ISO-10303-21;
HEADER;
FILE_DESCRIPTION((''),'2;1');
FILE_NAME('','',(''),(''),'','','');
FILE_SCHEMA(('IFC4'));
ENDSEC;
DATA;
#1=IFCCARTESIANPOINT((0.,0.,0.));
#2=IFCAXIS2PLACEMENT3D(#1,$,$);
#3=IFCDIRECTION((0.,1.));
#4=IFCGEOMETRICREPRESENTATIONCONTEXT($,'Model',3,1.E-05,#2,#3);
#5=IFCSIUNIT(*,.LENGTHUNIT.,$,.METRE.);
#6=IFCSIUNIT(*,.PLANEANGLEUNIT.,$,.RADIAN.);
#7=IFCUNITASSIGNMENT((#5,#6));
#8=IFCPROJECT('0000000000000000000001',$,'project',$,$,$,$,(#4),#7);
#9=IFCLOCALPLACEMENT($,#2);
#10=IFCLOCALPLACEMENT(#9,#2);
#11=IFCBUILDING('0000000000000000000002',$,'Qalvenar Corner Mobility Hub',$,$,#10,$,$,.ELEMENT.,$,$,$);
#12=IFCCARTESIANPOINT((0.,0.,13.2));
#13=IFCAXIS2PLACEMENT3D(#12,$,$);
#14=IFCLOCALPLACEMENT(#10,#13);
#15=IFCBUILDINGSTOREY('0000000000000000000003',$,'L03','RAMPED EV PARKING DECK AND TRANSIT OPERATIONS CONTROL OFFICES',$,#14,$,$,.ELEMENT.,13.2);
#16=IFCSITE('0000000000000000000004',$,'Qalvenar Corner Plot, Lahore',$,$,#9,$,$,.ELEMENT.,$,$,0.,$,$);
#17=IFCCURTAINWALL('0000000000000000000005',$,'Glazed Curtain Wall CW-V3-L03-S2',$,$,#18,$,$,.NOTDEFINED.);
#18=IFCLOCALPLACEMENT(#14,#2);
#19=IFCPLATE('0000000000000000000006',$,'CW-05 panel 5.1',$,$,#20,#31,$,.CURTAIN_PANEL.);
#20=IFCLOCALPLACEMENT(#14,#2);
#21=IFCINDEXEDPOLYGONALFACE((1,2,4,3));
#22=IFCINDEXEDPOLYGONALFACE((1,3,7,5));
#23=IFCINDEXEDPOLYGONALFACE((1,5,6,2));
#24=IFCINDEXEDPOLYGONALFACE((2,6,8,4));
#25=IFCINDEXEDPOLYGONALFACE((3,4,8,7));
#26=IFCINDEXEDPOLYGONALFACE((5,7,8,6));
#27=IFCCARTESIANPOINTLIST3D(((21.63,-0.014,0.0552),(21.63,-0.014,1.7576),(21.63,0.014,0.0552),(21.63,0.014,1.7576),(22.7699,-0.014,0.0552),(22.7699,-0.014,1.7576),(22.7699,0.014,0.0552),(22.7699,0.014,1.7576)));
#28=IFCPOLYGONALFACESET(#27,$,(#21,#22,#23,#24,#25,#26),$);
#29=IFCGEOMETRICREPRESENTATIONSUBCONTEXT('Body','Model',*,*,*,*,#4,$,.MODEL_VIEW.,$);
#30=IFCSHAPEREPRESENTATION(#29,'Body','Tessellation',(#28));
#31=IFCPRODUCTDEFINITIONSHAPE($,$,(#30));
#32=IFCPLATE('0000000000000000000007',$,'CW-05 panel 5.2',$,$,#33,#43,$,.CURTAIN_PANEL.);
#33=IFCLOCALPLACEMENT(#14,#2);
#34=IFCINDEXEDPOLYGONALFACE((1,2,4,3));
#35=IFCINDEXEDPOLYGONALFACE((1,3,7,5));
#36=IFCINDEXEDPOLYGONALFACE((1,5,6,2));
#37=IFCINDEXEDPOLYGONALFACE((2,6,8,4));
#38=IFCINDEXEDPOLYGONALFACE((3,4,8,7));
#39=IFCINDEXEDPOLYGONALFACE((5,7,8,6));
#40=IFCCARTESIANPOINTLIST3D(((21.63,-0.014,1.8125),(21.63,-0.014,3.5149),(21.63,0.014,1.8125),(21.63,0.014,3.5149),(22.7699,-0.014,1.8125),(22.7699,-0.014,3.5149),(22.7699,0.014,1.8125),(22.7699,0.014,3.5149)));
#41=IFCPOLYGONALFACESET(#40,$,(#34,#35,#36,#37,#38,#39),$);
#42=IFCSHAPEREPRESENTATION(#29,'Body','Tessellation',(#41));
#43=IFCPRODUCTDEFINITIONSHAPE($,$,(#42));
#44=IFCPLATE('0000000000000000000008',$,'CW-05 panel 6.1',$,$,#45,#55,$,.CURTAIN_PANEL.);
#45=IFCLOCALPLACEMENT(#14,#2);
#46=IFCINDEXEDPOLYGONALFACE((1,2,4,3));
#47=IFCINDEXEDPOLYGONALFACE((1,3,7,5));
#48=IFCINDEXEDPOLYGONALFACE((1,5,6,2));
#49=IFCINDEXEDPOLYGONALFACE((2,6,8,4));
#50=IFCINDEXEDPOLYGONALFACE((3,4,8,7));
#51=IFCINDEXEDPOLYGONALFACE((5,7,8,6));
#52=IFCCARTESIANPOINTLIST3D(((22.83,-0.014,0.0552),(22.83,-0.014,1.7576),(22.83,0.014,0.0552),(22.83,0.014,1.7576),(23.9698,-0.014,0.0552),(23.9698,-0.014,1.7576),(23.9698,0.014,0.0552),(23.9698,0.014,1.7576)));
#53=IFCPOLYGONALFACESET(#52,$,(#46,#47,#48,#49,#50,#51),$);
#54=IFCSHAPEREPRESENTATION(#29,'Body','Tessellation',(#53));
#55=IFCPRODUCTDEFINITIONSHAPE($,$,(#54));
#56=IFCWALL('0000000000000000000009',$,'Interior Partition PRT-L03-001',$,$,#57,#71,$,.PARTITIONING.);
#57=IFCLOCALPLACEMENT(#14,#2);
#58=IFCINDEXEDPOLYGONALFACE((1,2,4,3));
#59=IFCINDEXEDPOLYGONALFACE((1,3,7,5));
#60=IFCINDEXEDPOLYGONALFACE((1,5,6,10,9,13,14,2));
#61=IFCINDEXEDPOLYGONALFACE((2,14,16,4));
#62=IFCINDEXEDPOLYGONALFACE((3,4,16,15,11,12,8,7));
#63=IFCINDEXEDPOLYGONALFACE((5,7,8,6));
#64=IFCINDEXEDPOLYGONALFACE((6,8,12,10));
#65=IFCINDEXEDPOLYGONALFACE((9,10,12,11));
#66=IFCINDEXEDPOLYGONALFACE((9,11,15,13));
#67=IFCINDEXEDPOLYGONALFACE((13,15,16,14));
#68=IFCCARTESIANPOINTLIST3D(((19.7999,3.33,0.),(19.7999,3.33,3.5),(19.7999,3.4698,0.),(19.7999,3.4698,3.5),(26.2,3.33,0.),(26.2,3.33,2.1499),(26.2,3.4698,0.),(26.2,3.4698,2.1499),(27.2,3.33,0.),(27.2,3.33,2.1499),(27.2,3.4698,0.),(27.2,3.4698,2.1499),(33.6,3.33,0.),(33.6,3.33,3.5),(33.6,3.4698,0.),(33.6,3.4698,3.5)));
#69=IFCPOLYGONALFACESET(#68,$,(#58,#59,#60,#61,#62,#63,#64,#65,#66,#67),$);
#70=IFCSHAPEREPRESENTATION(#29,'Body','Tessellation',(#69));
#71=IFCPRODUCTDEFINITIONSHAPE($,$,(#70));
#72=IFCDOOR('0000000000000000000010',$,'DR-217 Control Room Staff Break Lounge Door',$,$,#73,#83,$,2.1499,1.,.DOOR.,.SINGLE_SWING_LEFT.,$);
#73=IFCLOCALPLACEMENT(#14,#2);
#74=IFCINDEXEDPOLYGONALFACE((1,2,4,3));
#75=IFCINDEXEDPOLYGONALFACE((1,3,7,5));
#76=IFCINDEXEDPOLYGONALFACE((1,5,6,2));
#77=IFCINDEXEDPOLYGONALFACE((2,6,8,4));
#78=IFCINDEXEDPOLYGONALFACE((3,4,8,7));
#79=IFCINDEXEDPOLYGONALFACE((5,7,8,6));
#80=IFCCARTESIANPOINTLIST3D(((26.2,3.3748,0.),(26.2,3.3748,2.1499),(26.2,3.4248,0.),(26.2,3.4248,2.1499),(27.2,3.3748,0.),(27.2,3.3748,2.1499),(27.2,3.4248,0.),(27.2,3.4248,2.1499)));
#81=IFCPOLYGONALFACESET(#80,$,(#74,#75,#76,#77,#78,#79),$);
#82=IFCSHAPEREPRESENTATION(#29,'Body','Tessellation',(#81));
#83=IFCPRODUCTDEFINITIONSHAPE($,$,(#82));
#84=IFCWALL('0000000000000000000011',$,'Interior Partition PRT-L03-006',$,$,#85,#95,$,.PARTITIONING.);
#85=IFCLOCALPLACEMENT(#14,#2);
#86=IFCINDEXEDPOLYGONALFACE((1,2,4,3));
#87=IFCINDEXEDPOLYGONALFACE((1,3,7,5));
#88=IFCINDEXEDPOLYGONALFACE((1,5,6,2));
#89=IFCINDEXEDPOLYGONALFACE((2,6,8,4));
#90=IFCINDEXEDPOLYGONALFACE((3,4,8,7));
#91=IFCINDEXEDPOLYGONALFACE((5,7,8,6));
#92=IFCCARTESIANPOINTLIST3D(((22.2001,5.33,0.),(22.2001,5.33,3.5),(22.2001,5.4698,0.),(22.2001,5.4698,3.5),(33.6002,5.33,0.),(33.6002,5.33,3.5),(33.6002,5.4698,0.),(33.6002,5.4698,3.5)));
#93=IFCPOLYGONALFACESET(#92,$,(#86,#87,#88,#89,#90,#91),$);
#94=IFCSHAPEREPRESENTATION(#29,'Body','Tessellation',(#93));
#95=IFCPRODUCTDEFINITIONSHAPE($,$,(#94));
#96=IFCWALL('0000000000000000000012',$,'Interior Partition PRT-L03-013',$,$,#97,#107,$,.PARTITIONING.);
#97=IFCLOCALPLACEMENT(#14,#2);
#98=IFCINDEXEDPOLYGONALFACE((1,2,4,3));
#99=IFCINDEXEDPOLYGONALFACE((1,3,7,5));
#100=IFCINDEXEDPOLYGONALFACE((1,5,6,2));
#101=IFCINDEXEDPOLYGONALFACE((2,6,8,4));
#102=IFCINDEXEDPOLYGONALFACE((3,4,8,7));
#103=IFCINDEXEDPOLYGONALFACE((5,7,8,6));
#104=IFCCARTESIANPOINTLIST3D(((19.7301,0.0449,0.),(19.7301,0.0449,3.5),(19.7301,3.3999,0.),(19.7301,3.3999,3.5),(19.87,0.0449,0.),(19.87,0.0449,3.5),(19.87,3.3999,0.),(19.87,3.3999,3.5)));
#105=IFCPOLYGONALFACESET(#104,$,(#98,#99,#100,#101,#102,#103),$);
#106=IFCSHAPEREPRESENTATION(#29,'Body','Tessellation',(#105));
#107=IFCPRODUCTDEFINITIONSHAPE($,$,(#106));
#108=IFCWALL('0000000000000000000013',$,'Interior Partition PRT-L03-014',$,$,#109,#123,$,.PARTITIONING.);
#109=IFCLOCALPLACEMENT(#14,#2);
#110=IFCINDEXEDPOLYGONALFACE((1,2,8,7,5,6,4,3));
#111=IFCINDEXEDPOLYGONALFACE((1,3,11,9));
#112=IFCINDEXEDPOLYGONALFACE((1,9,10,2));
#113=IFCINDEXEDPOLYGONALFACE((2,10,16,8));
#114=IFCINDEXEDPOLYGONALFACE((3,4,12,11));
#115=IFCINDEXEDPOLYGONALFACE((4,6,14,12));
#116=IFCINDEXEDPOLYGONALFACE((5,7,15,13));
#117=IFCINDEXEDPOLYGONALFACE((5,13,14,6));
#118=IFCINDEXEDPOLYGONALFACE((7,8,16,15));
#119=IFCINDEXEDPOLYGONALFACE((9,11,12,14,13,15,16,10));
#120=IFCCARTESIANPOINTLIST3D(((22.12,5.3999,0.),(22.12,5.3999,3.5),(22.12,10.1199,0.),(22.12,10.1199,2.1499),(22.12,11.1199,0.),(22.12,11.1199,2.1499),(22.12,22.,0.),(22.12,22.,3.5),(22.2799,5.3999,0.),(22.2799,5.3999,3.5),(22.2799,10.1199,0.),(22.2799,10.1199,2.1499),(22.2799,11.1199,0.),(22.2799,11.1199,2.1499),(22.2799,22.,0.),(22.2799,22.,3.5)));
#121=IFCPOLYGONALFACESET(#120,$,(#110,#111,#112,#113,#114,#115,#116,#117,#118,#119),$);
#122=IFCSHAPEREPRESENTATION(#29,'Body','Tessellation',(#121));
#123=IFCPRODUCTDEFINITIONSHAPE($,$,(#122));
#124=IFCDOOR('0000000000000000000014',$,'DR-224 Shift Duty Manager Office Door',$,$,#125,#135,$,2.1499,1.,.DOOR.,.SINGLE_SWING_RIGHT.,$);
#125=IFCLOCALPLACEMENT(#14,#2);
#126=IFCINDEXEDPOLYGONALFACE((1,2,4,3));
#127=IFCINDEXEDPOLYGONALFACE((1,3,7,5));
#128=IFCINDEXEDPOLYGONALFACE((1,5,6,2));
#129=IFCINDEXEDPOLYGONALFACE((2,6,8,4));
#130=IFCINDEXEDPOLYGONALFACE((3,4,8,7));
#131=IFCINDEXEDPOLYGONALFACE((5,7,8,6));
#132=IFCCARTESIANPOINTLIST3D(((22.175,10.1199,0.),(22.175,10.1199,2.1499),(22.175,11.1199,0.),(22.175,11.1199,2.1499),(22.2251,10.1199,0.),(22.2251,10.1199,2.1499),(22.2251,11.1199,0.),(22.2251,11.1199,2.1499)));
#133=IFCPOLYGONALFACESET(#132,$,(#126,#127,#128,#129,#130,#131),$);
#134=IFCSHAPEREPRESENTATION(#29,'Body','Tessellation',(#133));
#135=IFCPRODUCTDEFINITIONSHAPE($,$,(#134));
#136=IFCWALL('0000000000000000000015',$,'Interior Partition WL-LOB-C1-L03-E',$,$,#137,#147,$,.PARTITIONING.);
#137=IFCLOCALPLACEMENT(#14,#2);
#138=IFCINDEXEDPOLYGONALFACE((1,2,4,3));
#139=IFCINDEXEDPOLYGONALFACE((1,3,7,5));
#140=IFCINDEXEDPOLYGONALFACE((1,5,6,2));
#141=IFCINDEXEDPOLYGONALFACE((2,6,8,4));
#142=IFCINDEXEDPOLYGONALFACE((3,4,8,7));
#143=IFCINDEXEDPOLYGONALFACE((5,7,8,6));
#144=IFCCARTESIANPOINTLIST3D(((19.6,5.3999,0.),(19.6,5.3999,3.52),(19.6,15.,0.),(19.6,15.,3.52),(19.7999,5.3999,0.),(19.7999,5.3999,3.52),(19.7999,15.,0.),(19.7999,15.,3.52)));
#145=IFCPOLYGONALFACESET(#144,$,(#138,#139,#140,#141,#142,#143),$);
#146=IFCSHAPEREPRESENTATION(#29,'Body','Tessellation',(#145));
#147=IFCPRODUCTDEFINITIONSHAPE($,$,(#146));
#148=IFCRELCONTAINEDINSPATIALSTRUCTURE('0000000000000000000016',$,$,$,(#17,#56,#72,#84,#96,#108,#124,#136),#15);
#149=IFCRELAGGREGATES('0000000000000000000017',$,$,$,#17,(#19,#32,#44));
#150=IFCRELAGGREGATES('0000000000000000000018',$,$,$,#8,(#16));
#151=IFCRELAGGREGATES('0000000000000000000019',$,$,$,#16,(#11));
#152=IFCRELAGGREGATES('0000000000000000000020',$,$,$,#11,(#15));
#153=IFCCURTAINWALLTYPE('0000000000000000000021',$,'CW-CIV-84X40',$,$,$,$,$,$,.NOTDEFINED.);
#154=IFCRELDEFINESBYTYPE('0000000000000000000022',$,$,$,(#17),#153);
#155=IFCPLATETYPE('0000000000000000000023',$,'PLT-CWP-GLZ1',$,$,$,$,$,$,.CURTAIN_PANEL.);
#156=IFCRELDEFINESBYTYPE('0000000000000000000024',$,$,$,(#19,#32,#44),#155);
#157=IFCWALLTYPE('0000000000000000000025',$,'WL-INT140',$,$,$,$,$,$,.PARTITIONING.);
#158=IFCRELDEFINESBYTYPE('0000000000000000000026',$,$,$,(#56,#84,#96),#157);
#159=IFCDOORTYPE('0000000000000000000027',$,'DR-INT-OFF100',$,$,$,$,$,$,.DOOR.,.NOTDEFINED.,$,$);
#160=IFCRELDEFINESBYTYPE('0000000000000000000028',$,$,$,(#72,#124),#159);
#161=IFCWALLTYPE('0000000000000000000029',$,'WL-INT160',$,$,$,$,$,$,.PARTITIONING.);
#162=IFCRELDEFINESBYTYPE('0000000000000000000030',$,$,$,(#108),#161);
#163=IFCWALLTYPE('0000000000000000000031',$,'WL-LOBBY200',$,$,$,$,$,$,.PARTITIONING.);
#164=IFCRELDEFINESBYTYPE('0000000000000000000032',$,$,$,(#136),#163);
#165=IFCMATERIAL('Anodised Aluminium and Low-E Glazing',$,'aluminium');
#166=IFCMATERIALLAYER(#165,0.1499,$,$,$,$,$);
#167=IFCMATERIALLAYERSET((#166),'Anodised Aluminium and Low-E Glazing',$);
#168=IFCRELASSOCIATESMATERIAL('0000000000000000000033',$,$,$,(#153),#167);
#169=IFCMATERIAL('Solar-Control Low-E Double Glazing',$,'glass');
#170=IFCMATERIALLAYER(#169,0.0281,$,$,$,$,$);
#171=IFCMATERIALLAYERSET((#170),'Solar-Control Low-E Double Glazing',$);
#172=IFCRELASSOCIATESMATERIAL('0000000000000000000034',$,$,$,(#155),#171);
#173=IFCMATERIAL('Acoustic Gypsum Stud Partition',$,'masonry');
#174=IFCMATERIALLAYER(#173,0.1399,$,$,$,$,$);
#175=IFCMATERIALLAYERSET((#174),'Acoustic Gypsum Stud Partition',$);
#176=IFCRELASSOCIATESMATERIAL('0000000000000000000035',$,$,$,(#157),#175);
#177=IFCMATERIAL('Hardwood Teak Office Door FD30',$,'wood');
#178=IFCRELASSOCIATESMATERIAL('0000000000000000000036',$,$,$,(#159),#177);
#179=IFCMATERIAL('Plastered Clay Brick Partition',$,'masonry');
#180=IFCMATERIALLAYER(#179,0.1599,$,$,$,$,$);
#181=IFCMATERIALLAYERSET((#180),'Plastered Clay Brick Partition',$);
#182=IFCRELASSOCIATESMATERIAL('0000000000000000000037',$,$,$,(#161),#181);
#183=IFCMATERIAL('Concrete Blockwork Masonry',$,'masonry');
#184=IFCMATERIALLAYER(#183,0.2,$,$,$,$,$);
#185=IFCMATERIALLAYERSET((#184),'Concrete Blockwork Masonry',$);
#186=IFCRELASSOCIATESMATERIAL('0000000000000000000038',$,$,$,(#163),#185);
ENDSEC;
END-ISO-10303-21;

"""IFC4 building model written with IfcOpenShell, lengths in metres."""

from ifc_helpers import new_model, si_unit, direction, frame, frame_2d, origin, origin_2d, place, context, subcontext, project, spatial, rectangle, extrude, material, layer, layer_set, type_object, element, fill, aggregate, save


model = new_model("IFC4")

# Units and contexts
model_context = context("Model", 3, precision=1e-05, world=origin(), true_north=direction((0.0, 1.0)))
body_context = subcontext(model_context, "Body", "Model", "MODEL_VIEW")
ifc_project = project(units=[si_unit("LENGTHUNIT", "METRE"), si_unit("PLANEANGLEUNIT", "RADIAN")], contexts=[model_context])

# Site, building, storey
site_placement = place(None, origin())
site = spatial("IfcSite", under=ifc_project, at=site_placement, Name="Qalvenar Corner Plot, Lahore", CompositionType="ELEMENT", RefElevation=0.0)
building_placement = place(site_placement, origin())
building = spatial("IfcBuilding", under=site, at=building_placement, Name="Qalvenar Corner Mobility Hub", CompositionType="ELEMENT")
storey_placement = place(building_placement, frame((0.0, 0.0, 13.2)))
storey = spatial("IfcBuildingStorey", under=building, at=storey_placement, Name="L03", Description="RAMPED EV PARKING DECK AND TRANSIT OPERATIONS CONTROL OFFICES", CompositionType="ELEMENT", Elevation=13.2)

# Curtain wall, plates
ifc_material_1 = material(Name="Anodised Aluminium and Low-E Glazing", Category="aluminium")
ifc_layer_1 = layer(ifc_material_1, 0.1499)
ifc_layer_set_1 = layer_set([ifc_layer_1], Name="Anodised Aluminium and Low-E Glazing")
curtain_wall_type = type_object("IfcCurtainWallType", Name="CW-CIV-84X40", PredefinedType="NOTDEFINED", material=ifc_layer_set_1)
curtain_wall_placement = place(storey_placement, origin())
curtain_wall = element("IfcCurtainWall", 1, at=curtain_wall_placement, inside=storey, type_object=curtain_wall_type, Name="Glazed Curtain Wall CW-V3-L03-S2", PredefinedType="NOTDEFINED")
ifc_material_2 = material(Name="Solar-Control Low-E Double Glazing", Category="glass")
ifc_layer_2 = layer(ifc_material_2, 0.0281)
ifc_layer_set_2 = layer_set([ifc_layer_2], Name="Solar-Control Low-E Double Glazing")
plate_type = type_object("IfcPlateType", Name="PLT-CWP-GLZ1", PredefinedType="CURTAIN_PANEL", material=ifc_layer_set_2)
plate_1_placement = place(storey_placement, frame((22.2, 0.0, 0.0552), z_axis=(0.0, 0.0, 1.0), x_axis=(1.0, 0.0, 0.0)))
plate_1 = element("IfcPlate", 2, at=plate_1_placement, type_object=plate_type, Name="CW-05 panel 5.1", PredefinedType="CURTAIN_PANEL", context=body_context, shape_type="SweptSolid", body=[
    extrude(rectangle(XDim=1.1399, YDim=0.0281, at=origin_2d()), origin(), (0.0, 0.0, 1.0), 1.7024),
])
plate_2_placement = place(storey_placement, frame((22.2, 0.0, 1.8125), z_axis=(0.0, 0.0, 1.0), x_axis=(1.0, 0.0, 0.0)))
plate_2 = element("IfcPlate", 3, at=plate_2_placement, type_object=plate_type, Name="CW-05 panel 5.2", PredefinedType="CURTAIN_PANEL", context=body_context, shape_type="SweptSolid", body=[
    extrude(rectangle(XDim=1.1399, YDim=0.0281, at=origin_2d()), origin(), (0.0, 0.0, 1.0), 1.7024),
])
plate_3_placement = place(storey_placement, frame((23.3999, 0.0, 0.0552), z_axis=(0.0, 0.0, 1.0), x_axis=(1.0, 0.0, 0.0)))
plate_3 = element("IfcPlate", 4, at=plate_3_placement, type_object=plate_type, Name="CW-05 panel 6.1", PredefinedType="CURTAIN_PANEL", context=body_context, shape_type="SweptSolid", body=[
    extrude(rectangle(XDim=1.1399, YDim=0.0281, at=origin_2d()), origin(), (0.0, 0.0, 1.0), 1.7024),
])
aggregate(curtain_wall, [plate_1, plate_2, plate_3])

# Wall, opening, door
ifc_material_3 = material(Name="Acoustic Gypsum Stud Partition", Category="masonry")
ifc_layer_3 = layer(ifc_material_3, 0.1399)
ifc_layer_set_3 = layer_set([ifc_layer_3], Name="Acoustic Gypsum Stud Partition")
wall_type_1 = type_object("IfcWallType", Name="WL-INT140", PredefinedType="PARTITIONING", material=ifc_layer_set_3)
wall_1_placement = place(storey_placement, frame((19.8, 3.3999, 0.0), z_axis=(0.0, 0.0, 1.0), x_axis=(1.0, 0.0, 0.0)))
wall_1 = element("IfcWall", 5, at=wall_1_placement, inside=storey, type_object=wall_type_1, Name="Interior Partition PRT-L03-001", PredefinedType="PARTITIONING", context=body_context, shape_type="SweptSolid", body=[
    extrude(rectangle(XDim=13.8, YDim=0.1399, at=frame_2d((6.8999, 0.0))), origin(), (0.0, 0.0, 1.0), 3.5),
])
opening_1_placement = place(wall_1_placement, frame((6.3999, 0.0, 0.0)))
opening_1 = element("IfcOpeningElement", 6, at=opening_1_placement, cuts=wall_1, PredefinedType="OPENING", context=body_context, shape_type="SweptSolid", body=[
    extrude(rectangle(XDim=1.0, YDim=2.1499, at=frame_2d((0.5, 1.075))), frame((0.0, 0.0801, 0.0), z_axis=(0.0, -1.0, 0.0), x_axis=(1.0, 0.0, 0.0)), (0.0, 0.0, 1.0), 0.1599),
])
ifc_material_4 = material(Name="Hardwood Teak Office Door FD30", Category="wood")
door_type = type_object("IfcDoorType", Name="DR-INT-OFF100", OperationType="NOTDEFINED", PredefinedType="DOOR", material=ifc_material_4)
door_1_placement = place(opening_1_placement, origin())
door_1 = element("IfcDoor", 7, at=door_1_placement, inside=storey, type_object=door_type, Name="DR-217 Control Room Staff Break Lounge Door", OperationType="SINGLE_SWING_LEFT", OverallHeight=2.1499, OverallWidth=1.0, PredefinedType="DOOR", context=body_context, shape_type="SweptSolid", body=[
    extrude(rectangle(XDim=1.0, YDim=2.1499, at=frame_2d((0.5, 1.075))), frame((0.0, 0.0249, 0.0), z_axis=(0.0, -1.0, 0.0), x_axis=(1.0, 0.0, 0.0)), (0.0, 0.0, 1.0), 0.05),
])
fill(opening_1, door_1)

# Walls
wall_2_placement = place(storey_placement, frame((22.2, 5.3999, 0.0), z_axis=(0.0, 0.0, 1.0), x_axis=(1.0, 0.0, 0.0)))
element("IfcWall", 8, at=wall_2_placement, inside=storey, type_object=wall_type_1, Name="Interior Partition PRT-L03-006", PredefinedType="PARTITIONING", context=body_context, shape_type="SweptSolid", body=[
    extrude(rectangle(XDim=11.4001, YDim=0.1399, at=frame_2d((5.7002, 0.0))), origin(), (0.0, 0.0, 1.0), 3.5),
])
wall_3_placement = place(storey_placement, frame((19.8, 0.0449, 0.0), z_axis=(0.0, 0.0, 1.0), x_axis=(0.0, 1.0, 0.0)))
element("IfcWall", 9, at=wall_3_placement, inside=storey, type_object=wall_type_1, Name="Interior Partition PRT-L03-013", PredefinedType="PARTITIONING", context=body_context, shape_type="SweptSolid", body=[
    extrude(rectangle(XDim=3.355, YDim=0.1399, at=frame_2d((1.6775, 0.0))), origin(), (0.0, 0.0, 1.0), 3.5),
])

# Wall, opening, door
ifc_material_5 = material(Name="Plastered Clay Brick Partition", Category="masonry")
ifc_layer_4 = layer(ifc_material_5, 0.1599)
ifc_layer_set_4 = layer_set([ifc_layer_4], Name="Plastered Clay Brick Partition")
wall_type_2 = type_object("IfcWallType", Name="WL-INT160", PredefinedType="PARTITIONING", material=ifc_layer_set_4)
wall_4_placement = place(storey_placement, frame((22.2, 5.3999, 0.0), z_axis=(0.0, 0.0, 1.0), x_axis=(0.0, 1.0, 0.0)))
wall_4 = element("IfcWall", 10, at=wall_4_placement, inside=storey, type_object=wall_type_2, Name="Interior Partition PRT-L03-014", PredefinedType="PARTITIONING", context=body_context, shape_type="SweptSolid", body=[
    extrude(rectangle(XDim=16.6001, YDim=0.1599, at=frame_2d((8.3, 0.0))), origin(), (0.0, 0.0, 1.0), 3.5),
])
opening_2_placement = place(wall_4_placement, frame((4.72, 0.0, 0.0)))
opening_2 = element("IfcOpeningElement", 11, at=opening_2_placement, cuts=wall_4, PredefinedType="OPENING", context=body_context, shape_type="SweptSolid", body=[
    extrude(rectangle(XDim=1.0, YDim=2.1499, at=frame_2d((0.5, 1.075))), frame((0.0, 0.0898, 0.0), z_axis=(0.0, -1.0, 0.0), x_axis=(1.0, 0.0, 0.0)), (0.0, 0.0, 1.0), 0.1799),
])
door_2_placement = place(opening_2_placement, origin())
door_2 = element("IfcDoor", 12, at=door_2_placement, inside=storey, type_object=door_type, Name="DR-224 Shift Duty Manager Office Door", OperationType="SINGLE_SWING_RIGHT", OverallHeight=2.1499, OverallWidth=1.0, PredefinedType="DOOR", context=body_context, shape_type="SweptSolid", body=[
    extrude(rectangle(XDim=1.0, YDim=2.1499, at=frame_2d((0.5, 1.075))), frame((0.0, 0.0249, 0.0), z_axis=(0.0, -1.0, 0.0), x_axis=(1.0, 0.0, 0.0)), (0.0, 0.0, 1.0), 0.05),
])
fill(opening_2, door_2)

# Wall
ifc_material_6 = material(Name="Concrete Blockwork Masonry", Category="masonry")
ifc_layer_5 = layer(ifc_material_6, 0.2)
ifc_layer_set_5 = layer_set([ifc_layer_5], Name="Concrete Blockwork Masonry")
wall_type_3 = type_object("IfcWallType", Name="WL-LOBBY200", PredefinedType="PARTITIONING", material=ifc_layer_set_5)
wall_5_placement = place(storey_placement, frame((19.7, 5.3999, 0.0), z_axis=(0.0, 0.0, 1.0), x_axis=(0.0, 1.0, 0.0)))
element("IfcWall", 13, at=wall_5_placement, inside=storey, type_object=wall_type_3, Name="Interior Partition WL-LOB-C1-L03-E", PredefinedType="PARTITIONING", context=body_context, shape_type="SweptSolid", body=[
    extrude(rectangle(XDim=9.6001, YDim=0.2, at=frame_2d((4.8, 0.0))), origin(), (0.0, 0.0, 1.0), 3.52),
])

save(model, "model.ifc")
